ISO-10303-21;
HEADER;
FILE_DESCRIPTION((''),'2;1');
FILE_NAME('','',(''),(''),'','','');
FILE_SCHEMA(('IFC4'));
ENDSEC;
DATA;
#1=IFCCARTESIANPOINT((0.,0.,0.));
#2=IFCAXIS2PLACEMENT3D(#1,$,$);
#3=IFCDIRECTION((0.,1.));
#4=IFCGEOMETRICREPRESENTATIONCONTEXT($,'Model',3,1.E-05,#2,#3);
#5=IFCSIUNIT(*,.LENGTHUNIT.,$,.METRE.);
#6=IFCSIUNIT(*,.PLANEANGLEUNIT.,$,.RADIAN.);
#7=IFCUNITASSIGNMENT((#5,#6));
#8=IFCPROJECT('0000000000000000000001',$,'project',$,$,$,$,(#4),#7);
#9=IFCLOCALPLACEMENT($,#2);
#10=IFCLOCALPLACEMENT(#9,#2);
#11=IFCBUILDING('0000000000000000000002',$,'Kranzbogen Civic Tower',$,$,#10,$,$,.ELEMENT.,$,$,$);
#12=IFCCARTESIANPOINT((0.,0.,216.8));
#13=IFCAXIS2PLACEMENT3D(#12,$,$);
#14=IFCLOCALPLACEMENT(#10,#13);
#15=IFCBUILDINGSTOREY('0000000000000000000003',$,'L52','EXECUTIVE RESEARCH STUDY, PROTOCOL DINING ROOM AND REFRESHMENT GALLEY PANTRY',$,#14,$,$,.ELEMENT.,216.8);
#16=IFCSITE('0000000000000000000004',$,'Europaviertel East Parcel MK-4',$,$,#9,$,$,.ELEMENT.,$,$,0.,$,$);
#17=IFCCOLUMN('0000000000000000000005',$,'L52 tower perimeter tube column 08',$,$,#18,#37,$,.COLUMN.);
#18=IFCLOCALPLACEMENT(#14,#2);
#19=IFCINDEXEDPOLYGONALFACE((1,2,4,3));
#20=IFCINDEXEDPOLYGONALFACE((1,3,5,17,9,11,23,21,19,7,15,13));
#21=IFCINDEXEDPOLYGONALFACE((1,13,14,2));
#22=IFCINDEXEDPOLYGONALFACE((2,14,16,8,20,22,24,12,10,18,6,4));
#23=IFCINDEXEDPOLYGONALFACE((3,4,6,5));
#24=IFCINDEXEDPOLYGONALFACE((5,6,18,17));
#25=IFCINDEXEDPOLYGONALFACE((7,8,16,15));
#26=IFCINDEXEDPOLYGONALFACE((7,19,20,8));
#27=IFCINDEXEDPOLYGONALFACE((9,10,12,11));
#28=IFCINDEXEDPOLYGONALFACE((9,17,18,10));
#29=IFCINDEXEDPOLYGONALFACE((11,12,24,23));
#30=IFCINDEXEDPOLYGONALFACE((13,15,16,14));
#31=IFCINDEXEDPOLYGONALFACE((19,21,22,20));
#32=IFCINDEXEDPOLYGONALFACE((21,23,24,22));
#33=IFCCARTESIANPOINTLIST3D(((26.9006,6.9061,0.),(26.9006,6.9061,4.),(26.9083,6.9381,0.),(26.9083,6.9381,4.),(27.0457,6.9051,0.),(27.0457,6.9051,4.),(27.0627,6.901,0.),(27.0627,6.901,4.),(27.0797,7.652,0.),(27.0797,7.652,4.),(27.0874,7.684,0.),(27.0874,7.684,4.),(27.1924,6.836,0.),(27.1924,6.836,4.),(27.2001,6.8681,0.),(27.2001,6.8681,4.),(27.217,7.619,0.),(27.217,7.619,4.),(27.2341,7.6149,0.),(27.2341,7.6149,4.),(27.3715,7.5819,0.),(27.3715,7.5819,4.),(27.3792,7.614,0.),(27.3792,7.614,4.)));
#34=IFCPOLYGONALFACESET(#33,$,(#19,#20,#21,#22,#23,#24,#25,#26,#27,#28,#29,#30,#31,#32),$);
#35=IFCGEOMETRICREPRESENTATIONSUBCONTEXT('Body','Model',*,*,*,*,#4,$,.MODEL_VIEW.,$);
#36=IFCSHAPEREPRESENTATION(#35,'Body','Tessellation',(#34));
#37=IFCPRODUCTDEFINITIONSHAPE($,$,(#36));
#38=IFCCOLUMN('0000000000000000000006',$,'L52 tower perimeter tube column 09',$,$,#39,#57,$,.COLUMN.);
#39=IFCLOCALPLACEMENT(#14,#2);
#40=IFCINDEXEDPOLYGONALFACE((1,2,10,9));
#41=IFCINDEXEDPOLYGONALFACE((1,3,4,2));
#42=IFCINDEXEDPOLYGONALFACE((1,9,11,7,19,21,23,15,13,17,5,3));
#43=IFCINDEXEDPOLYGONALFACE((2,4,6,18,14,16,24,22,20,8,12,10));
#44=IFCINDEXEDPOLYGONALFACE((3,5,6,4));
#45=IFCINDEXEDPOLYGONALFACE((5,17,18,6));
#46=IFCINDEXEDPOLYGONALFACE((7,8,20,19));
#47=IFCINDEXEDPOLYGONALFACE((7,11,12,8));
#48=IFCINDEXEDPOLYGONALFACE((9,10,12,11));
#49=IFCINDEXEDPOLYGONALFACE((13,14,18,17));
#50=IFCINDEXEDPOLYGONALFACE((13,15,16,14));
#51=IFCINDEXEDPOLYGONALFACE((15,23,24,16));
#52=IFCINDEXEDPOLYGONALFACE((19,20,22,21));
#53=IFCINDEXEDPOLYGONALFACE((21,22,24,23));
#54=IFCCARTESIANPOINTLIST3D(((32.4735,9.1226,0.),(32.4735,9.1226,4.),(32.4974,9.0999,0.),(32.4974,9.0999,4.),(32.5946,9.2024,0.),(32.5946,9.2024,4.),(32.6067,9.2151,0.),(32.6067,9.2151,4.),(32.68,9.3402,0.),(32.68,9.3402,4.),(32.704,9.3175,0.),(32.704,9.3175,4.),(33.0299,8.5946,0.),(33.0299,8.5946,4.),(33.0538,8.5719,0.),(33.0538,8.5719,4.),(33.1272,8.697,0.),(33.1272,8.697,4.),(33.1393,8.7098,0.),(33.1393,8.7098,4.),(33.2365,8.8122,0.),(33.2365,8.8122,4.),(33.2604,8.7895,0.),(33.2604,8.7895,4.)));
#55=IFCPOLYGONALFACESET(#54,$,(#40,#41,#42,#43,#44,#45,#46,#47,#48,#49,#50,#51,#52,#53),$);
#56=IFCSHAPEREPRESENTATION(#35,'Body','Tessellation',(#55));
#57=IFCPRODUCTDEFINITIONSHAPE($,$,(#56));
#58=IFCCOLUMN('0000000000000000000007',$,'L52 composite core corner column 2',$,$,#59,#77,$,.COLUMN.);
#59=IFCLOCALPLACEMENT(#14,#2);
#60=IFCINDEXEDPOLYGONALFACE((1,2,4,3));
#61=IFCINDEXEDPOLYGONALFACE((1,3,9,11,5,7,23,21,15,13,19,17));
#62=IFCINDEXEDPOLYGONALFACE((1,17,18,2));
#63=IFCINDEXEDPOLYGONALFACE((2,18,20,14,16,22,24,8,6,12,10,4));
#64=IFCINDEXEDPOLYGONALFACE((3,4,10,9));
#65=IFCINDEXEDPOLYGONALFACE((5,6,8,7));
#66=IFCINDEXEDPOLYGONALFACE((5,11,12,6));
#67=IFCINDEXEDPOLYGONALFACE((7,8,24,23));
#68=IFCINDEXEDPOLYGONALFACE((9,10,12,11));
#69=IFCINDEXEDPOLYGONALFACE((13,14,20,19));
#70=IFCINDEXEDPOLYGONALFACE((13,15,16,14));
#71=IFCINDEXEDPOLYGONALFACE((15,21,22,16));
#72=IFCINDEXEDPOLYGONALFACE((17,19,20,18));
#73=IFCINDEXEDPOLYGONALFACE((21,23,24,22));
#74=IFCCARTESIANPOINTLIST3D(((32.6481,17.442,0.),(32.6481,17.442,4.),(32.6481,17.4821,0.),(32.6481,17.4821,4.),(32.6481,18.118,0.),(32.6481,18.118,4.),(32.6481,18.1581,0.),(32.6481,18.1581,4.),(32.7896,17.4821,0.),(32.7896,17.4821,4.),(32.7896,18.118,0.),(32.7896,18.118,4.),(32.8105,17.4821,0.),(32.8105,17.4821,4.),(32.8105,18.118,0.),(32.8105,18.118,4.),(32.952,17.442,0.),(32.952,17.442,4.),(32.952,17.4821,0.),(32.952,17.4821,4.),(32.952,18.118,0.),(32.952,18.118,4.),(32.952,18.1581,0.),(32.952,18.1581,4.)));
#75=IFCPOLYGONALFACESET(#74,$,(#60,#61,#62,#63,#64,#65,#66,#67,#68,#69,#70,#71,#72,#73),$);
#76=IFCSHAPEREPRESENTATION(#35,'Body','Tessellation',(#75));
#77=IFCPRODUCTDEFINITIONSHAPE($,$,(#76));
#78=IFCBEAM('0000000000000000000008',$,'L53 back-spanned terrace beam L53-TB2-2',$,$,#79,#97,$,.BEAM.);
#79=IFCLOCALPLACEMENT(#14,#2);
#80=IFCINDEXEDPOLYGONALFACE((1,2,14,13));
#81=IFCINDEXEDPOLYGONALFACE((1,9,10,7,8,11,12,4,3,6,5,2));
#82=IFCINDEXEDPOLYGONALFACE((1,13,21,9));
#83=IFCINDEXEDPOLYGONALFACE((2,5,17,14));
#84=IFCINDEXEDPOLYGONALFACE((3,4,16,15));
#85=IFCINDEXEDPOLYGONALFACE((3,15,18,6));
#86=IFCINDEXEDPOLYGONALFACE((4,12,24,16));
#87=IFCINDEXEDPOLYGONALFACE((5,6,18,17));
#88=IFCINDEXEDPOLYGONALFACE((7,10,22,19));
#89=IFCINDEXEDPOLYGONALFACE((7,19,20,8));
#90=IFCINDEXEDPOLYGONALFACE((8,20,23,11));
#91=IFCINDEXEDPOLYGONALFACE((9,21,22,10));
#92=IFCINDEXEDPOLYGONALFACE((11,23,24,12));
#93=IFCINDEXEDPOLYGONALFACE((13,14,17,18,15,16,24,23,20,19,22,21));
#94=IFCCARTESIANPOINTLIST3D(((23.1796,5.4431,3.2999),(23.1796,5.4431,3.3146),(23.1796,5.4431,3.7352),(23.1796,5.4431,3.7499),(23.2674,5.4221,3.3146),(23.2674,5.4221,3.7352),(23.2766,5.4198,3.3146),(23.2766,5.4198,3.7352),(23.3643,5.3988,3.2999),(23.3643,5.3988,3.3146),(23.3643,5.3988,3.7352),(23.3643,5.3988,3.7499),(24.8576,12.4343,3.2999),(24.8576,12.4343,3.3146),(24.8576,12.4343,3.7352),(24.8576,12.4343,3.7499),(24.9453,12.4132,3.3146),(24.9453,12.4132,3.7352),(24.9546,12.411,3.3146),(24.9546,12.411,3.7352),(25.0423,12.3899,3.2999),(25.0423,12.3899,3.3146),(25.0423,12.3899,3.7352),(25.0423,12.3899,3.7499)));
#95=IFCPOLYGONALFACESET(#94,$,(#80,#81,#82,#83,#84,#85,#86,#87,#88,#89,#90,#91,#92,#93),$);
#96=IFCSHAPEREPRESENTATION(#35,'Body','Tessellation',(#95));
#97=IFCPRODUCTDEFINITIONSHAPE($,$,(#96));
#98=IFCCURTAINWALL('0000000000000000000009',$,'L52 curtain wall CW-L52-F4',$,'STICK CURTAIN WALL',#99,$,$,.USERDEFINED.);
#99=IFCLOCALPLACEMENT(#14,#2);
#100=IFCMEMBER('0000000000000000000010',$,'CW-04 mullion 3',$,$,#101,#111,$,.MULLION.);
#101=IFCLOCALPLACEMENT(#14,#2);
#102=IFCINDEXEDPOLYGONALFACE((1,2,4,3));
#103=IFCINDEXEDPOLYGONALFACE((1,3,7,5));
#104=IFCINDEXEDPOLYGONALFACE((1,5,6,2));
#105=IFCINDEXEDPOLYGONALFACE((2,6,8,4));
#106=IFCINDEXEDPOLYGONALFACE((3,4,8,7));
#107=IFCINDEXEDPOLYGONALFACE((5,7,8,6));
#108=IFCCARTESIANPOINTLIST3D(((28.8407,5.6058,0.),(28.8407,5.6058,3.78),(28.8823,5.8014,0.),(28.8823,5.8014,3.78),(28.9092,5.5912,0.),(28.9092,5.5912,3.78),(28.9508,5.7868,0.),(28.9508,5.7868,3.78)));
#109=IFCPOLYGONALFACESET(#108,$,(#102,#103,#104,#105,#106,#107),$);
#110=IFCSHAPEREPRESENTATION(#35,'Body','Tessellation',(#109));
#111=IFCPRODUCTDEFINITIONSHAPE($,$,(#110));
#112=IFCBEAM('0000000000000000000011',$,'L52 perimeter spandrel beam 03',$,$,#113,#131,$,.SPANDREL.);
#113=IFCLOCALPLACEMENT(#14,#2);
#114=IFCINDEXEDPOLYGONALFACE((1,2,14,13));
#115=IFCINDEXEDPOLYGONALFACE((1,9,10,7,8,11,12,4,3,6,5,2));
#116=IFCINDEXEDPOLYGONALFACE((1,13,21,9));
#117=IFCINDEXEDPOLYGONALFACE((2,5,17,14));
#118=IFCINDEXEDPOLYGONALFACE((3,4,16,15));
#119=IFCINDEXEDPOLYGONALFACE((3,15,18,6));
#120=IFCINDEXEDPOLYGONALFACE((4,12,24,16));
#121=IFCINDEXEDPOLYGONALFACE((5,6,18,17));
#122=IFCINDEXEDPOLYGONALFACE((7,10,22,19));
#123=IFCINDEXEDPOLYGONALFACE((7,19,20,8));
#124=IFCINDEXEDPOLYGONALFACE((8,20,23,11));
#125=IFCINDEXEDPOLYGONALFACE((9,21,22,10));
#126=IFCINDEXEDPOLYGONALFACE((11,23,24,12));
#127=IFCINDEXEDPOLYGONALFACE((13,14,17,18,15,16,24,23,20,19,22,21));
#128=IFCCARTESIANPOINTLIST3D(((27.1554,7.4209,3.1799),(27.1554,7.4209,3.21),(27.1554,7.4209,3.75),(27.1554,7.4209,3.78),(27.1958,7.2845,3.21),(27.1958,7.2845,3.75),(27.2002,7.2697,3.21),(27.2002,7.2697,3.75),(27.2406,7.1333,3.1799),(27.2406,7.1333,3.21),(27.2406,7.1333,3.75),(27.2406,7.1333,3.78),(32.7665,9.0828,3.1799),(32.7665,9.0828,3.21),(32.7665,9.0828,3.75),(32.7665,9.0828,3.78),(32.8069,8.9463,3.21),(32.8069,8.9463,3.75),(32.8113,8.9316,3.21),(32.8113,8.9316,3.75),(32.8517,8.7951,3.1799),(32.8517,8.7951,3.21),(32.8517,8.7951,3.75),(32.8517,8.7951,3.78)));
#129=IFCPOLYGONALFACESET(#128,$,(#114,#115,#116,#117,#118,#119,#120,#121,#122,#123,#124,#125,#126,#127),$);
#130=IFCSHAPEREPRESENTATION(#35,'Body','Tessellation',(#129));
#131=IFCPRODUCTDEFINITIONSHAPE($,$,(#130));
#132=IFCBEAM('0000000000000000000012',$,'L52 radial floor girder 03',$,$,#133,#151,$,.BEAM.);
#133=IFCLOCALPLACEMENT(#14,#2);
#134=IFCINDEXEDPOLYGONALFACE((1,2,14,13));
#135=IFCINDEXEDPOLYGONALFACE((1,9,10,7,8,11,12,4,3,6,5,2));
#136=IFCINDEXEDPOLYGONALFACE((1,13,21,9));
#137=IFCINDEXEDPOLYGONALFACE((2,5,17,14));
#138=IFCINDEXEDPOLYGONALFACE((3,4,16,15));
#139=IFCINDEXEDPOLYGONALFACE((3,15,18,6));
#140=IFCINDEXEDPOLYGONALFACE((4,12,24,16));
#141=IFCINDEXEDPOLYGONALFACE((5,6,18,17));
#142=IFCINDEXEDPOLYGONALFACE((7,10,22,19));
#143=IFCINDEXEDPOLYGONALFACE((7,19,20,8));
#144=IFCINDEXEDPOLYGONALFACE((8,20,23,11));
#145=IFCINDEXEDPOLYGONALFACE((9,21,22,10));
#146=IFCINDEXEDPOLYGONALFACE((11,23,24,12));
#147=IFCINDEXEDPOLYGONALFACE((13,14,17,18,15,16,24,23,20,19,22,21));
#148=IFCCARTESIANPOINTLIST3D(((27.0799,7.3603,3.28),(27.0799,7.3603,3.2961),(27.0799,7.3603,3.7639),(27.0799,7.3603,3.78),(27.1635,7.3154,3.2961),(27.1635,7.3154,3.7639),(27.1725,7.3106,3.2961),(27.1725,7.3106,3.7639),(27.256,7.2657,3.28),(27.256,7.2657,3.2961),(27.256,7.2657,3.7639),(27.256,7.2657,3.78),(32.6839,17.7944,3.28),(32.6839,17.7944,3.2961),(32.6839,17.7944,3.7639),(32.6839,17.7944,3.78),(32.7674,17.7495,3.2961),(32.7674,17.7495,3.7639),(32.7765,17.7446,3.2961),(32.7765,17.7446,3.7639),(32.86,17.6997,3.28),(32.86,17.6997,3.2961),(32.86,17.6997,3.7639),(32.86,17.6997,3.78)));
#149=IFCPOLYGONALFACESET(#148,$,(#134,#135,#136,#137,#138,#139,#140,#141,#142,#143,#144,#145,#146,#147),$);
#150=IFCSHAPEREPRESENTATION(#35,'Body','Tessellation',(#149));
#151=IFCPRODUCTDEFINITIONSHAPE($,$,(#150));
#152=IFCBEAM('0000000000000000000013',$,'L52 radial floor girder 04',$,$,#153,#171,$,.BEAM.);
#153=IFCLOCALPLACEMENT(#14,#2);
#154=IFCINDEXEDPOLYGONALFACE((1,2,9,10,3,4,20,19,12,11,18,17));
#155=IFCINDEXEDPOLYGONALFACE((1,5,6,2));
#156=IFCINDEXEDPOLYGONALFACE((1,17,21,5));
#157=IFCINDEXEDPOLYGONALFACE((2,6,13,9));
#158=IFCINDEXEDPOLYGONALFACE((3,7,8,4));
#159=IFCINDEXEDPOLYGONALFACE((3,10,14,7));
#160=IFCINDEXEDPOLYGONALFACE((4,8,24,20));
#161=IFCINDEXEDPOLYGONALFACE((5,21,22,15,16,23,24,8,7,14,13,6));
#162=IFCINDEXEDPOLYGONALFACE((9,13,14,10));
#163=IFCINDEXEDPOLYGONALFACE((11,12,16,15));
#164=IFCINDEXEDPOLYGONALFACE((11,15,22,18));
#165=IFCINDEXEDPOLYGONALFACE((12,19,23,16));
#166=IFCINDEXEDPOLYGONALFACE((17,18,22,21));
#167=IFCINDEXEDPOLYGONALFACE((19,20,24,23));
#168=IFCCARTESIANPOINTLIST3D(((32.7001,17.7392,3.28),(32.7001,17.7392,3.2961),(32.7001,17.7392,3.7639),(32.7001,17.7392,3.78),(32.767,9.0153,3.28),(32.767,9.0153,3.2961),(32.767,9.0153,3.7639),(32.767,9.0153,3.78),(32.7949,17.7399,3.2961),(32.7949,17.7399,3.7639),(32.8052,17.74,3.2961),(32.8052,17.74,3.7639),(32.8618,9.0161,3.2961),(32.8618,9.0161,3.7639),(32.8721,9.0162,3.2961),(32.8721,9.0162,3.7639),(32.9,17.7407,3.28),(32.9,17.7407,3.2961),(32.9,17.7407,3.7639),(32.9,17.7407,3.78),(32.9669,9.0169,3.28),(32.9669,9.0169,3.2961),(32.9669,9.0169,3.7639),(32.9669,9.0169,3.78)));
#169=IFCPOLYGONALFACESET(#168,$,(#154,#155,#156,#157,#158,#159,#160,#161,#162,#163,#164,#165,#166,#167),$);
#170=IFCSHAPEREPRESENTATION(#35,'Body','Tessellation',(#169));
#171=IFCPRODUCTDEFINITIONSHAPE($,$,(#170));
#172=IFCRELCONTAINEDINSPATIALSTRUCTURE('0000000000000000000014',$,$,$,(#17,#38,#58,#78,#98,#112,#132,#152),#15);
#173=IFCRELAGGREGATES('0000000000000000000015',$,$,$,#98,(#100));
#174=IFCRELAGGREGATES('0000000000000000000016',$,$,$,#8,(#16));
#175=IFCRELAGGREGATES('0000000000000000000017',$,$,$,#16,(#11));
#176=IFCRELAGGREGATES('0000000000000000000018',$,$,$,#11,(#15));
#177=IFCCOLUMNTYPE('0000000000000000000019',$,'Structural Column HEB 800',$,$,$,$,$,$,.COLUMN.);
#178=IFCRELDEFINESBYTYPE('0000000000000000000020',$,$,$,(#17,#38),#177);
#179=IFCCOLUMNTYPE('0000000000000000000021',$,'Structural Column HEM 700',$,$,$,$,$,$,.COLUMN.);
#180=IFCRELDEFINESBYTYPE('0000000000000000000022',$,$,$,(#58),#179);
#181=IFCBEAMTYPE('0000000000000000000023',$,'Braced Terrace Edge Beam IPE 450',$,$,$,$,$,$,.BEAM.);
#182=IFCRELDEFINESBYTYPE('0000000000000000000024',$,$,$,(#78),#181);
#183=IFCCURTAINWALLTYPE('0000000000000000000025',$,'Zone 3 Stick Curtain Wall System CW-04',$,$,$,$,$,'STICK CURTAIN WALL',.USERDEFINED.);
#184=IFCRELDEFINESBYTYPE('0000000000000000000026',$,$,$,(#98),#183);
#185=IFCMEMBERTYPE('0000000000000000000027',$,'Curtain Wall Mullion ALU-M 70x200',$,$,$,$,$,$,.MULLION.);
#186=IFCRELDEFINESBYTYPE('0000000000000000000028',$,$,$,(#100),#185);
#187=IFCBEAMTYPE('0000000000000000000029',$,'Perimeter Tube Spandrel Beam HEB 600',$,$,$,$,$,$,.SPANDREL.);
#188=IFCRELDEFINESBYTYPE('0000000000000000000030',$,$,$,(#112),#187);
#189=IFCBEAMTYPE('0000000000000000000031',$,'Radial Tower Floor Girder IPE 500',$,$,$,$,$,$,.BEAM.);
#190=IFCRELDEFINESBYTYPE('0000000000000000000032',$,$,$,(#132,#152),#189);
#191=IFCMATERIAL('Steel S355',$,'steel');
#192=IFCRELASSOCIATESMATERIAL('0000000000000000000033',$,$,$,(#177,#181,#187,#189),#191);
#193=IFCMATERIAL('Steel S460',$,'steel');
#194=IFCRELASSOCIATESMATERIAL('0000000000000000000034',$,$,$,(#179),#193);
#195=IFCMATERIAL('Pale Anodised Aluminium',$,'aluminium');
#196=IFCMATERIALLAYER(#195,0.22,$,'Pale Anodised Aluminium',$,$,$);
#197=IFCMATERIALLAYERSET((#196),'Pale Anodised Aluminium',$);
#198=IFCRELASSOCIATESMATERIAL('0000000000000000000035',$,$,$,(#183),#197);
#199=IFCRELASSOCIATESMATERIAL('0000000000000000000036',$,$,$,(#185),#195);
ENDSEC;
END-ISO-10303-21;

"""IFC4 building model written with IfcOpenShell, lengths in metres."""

from ifc_helpers import new_model, si_unit, direction, frame, origin, origin_2d, place, context, subcontext, project, spatial, rectangle, i_section, extrude, material, layer, layer_set, material_profile, profile_set, type_object, element, aggregate, save


model = new_model("IFC4")

# Units and contexts
model_context = context("Model", 3, precision=1e-05, world=origin(), true_north=direction((0.0, 1.0)))
body_context = subcontext(model_context, "Body", "Model", "MODEL_VIEW")
ifc_project = project(units=[si_unit("LENGTHUNIT", "METRE"), si_unit("PLANEANGLEUNIT", "RADIAN")], contexts=[model_context])

# Site, building, storey
site_placement = place(None, origin())
site = spatial("IfcSite", under=ifc_project, at=site_placement, Name="Europaviertel East Parcel MK-4", CompositionType="ELEMENT", RefElevation=0.0)
building_placement = place(site_placement, origin())
building = spatial("IfcBuilding", under=site, at=building_placement, Name="Kranzbogen Civic Tower", CompositionType="ELEMENT")
storey_placement = place(building_placement, frame((0.0, 0.0, 216.8)))
storey = spatial("IfcBuildingStorey", under=building, at=storey_placement, Name="L52", Description="EXECUTIVE RESEARCH STUDY, PROTOCOL DINING ROOM AND REFRESHMENT GALLEY PANTRY", CompositionType="ELEMENT", Elevation=216.8)

# Columns
ifc_material_1 = material(Name="Steel S355", Category="steel")
ifc_material_profile_1 = material_profile(ifc_material_1, i_section(OverallWidth=0.3, OverallDepth=0.8, WebThickness=0.0176, FlangeThickness=0.033, at=origin_2d()), Name="HEB 800")
ifc_profile_set_1 = profile_set([ifc_material_profile_1], Name="Steel S355")
column_type_1 = type_object("IfcColumnType", Name="Structural Column HEB 800", PredefinedType="COLUMN", material=ifc_profile_set_1)
for number, where, z_axis, x_axis, name in (
    (1, (27.1399, 7.26, 0.0), (0.0, 0.0, 1.0), (-0.97237, 0.233445, 0.0), "L52 tower perimeter tube column 08"),
    (2, (32.8669, 8.9561, 0.0), (0.0, 0.0, 1.0), (0.688355, 0.725374, 0.0), "L52 tower perimeter tube column 09"),
):
    element("IfcColumn", number, at=place(storey_placement, frame(where, z_axis=z_axis, x_axis=x_axis)), inside=storey, type_object=column_type_1, Name=name, PredefinedType="COLUMN", context=body_context, shape_type="SweptSolid", body=[
        extrude(i_section(OverallWidth=0.3, OverallDepth=0.8, WebThickness=0.0176, FlangeThickness=0.033, at=origin_2d()), origin(), (0.0, 0.0, 1.0), 4.0),
    ])
ifc_material_2 = material(Name="Steel S460", Category="steel")
ifc_material_profile_2 = material_profile(ifc_material_2, i_section(OverallWidth=0.304, OverallDepth=0.7161, WebThickness=0.021, FlangeThickness=0.04, at=origin_2d()), Name="HEM 700")
ifc_profile_set_2 = profile_set([ifc_material_profile_2], Name="Steel S460")
column_type_2 = type_object("IfcColumnType", Name="Structural Column HEM 700", PredefinedType="COLUMN", material=ifc_profile_set_2)
column_placement = place(storey_placement, frame((32.8, 17.8, 0.0), z_axis=(0.0, 0.0, 1.0), x_axis=(1.0, 0.0, 0.0)))
element("IfcColumn", 3, at=column_placement, inside=storey, type_object=column_type_2, Name="L52 composite core corner column 2", PredefinedType="COLUMN", context=body_context, shape_type="SweptSolid", body=[
    extrude(i_section(OverallWidth=0.304, OverallDepth=0.7161, WebThickness=0.021, FlangeThickness=0.04, at=origin_2d()), origin(), (0.0, 0.0, 1.0), 4.0),
])

# Beam
ifc_material_profile_3 = material_profile(ifc_material_1, i_section(OverallWidth=0.1899, OverallDepth=0.45, WebThickness=0.0095, FlangeThickness=0.0146, at=origin_2d()), Name="IPE 450")
ifc_profile_set_3 = profile_set([ifc_material_profile_3], Name="Steel S355")
beam_type_1 = type_object("IfcBeamType", Name="Braced Terrace Edge Beam IPE 450", PredefinedType="BEAM", material=ifc_profile_set_3)
beam_1_placement = place(storey_placement, frame((24.95, 12.4121, 3.5249), z_axis=(-0.233385, -0.972385, 0.0), x_axis=(0.972385, -0.233385, 0.0)))
element("IfcBeam", 4, at=beam_1_placement, inside=storey, type_object=beam_type_1, Name="L53 back-spanned terrace beam L53-TB2-2", PredefinedType="BEAM", context=body_context, shape_type="SweptSolid", body=[
    extrude(i_section(OverallWidth=0.1899, OverallDepth=0.45, WebThickness=0.0095, FlangeThickness=0.0146, at=origin_2d()), origin(), (0.0, 0.0, 1.0), 7.1897),
])

# Curtain wall, member
ifc_material_3 = material(Name="Pale Anodised Aluminium", Category="aluminium")
ifc_layer_1 = layer(ifc_material_3, 0.22, Name="Pale Anodised Aluminium")
ifc_layer_set_1 = layer_set([ifc_layer_1], Name="Pale Anodised Aluminium")
curtain_wall_type = type_object("IfcCurtainWallType", Name="Zone 3 Stick Curtain Wall System CW-04", ElementType="STICK CURTAIN WALL", PredefinedType="USERDEFINED", material=ifc_layer_set_1)
curtain_wall_placement = place(storey_placement, origin())
curtain_wall = element("IfcCurtainWall", 5, at=curtain_wall_placement, inside=storey, type_object=curtain_wall_type, Name="L52 curtain wall CW-L52-F4", ObjectType="STICK CURTAIN WALL", PredefinedType="USERDEFINED")
ifc_material_profile_4 = material_profile(ifc_material_3, rectangle(XDim=0.0701, YDim=0.2, at=origin_2d()), Name="ALU-M 70x200")
ifc_profile_set_4 = profile_set([ifc_material_profile_4], Name="Pale Anodised Aluminium")
member_type = type_object("IfcMemberType", Name="Curtain Wall Mullion ALU-M 70x200", PredefinedType="MULLION", material=ifc_profile_set_4)
member_placement = place(storey_placement, frame((28.8958, 5.6963, 0.0), z_axis=(0.0, 0.0, 1.0), x_axis=(0.978147, -0.207916, 0.0)))
member = element("IfcMember", 6, at=member_placement, type_object=member_type, Name="CW-04 mullion 3", PredefinedType="MULLION", context=body_context, shape_type="SweptSolid", body=[
    extrude(rectangle(XDim=0.0701, YDim=0.2, at=origin_2d()), origin(), (0.0, 0.0, 1.0), 3.78),
])

# Beams
ifc_material_profile_5 = material_profile(ifc_material_1, i_section(OverallWidth=0.3, OverallDepth=0.6001, WebThickness=0.0154, FlangeThickness=0.03, at=origin_2d()), Name="HEB 600")
ifc_profile_set_5 = profile_set([ifc_material_profile_5], Name="Steel S355")
beam_type_2 = type_object("IfcBeamType", Name="Perimeter Tube Spandrel Beam HEB 600", PredefinedType="SPANDREL", material=ifc_profile_set_5)
beam_2_placement = place(storey_placement, frame((27.198, 7.2771, 3.48), z_axis=(0.95883, 0.283982, 0.0), x_axis=(-0.283982, 0.95883, 0.0)))
element("IfcBeam", 7, at=beam_2_placement, inside=storey, type_object=beam_type_2, Name="L52 perimeter spandrel beam 03", PredefinedType="SPANDREL", context=body_context, shape_type="SweptSolid", body=[
    extrude(i_section(OverallWidth=0.3, OverallDepth=0.6001, WebThickness=0.0154, FlangeThickness=0.03, at=origin_2d()), origin(), (0.0, 0.0, 1.0), 5.8521),
])
ifc_material_profile_6 = material_profile(ifc_material_1, i_section(OverallWidth=0.2, OverallDepth=0.5, WebThickness=0.0103, FlangeThickness=0.0161, at=origin_2d()), Name="IPE 500")
ifc_profile_set_6 = profile_set([ifc_material_profile_6], Name="Steel S355")
beam_type_3 = type_object("IfcBeamType", Name="Radial Tower Floor Girder IPE 500", PredefinedType="BEAM", material=ifc_profile_set_6)
beam_3_placement = place(storey_placement, frame((27.168, 7.313, 3.53), z_axis=(0.47316, 0.880976, 0.0), x_axis=(-0.880976, 0.47316, 0.0)))
element("IfcBeam", 8, at=beam_3_placement, inside=storey, type_object=beam_type_3, Name="L52 radial floor girder 03", PredefinedType="BEAM", context=body_context, shape_type="SweptSolid", body=[
    extrude(i_section(OverallWidth=0.2, OverallDepth=0.5, WebThickness=0.0103, FlangeThickness=0.0161, at=origin_2d()), origin(), (0.0, 0.0, 1.0), 11.8438),
])
beam_4_placement = place(storey_placement, frame((32.8669, 9.0161, 3.53), z_axis=(-0.007668, 0.999971, 0.0), x_axis=(-0.999971, -0.007668, 0.0)))
element("IfcBeam", 9, at=beam_4_placement, inside=storey, type_object=beam_type_3, Name="L52 radial floor girder 04", PredefinedType="BEAM", context=body_context, shape_type="SweptSolid", body=[
    extrude(i_section(OverallWidth=0.2, OverallDepth=0.5, WebThickness=0.0103, FlangeThickness=0.0161, at=origin_2d()), origin(), (0.0, 0.0, 1.0), 8.7241),
])

aggregate(curtain_wall, [member])

save(model, "model.ifc")
